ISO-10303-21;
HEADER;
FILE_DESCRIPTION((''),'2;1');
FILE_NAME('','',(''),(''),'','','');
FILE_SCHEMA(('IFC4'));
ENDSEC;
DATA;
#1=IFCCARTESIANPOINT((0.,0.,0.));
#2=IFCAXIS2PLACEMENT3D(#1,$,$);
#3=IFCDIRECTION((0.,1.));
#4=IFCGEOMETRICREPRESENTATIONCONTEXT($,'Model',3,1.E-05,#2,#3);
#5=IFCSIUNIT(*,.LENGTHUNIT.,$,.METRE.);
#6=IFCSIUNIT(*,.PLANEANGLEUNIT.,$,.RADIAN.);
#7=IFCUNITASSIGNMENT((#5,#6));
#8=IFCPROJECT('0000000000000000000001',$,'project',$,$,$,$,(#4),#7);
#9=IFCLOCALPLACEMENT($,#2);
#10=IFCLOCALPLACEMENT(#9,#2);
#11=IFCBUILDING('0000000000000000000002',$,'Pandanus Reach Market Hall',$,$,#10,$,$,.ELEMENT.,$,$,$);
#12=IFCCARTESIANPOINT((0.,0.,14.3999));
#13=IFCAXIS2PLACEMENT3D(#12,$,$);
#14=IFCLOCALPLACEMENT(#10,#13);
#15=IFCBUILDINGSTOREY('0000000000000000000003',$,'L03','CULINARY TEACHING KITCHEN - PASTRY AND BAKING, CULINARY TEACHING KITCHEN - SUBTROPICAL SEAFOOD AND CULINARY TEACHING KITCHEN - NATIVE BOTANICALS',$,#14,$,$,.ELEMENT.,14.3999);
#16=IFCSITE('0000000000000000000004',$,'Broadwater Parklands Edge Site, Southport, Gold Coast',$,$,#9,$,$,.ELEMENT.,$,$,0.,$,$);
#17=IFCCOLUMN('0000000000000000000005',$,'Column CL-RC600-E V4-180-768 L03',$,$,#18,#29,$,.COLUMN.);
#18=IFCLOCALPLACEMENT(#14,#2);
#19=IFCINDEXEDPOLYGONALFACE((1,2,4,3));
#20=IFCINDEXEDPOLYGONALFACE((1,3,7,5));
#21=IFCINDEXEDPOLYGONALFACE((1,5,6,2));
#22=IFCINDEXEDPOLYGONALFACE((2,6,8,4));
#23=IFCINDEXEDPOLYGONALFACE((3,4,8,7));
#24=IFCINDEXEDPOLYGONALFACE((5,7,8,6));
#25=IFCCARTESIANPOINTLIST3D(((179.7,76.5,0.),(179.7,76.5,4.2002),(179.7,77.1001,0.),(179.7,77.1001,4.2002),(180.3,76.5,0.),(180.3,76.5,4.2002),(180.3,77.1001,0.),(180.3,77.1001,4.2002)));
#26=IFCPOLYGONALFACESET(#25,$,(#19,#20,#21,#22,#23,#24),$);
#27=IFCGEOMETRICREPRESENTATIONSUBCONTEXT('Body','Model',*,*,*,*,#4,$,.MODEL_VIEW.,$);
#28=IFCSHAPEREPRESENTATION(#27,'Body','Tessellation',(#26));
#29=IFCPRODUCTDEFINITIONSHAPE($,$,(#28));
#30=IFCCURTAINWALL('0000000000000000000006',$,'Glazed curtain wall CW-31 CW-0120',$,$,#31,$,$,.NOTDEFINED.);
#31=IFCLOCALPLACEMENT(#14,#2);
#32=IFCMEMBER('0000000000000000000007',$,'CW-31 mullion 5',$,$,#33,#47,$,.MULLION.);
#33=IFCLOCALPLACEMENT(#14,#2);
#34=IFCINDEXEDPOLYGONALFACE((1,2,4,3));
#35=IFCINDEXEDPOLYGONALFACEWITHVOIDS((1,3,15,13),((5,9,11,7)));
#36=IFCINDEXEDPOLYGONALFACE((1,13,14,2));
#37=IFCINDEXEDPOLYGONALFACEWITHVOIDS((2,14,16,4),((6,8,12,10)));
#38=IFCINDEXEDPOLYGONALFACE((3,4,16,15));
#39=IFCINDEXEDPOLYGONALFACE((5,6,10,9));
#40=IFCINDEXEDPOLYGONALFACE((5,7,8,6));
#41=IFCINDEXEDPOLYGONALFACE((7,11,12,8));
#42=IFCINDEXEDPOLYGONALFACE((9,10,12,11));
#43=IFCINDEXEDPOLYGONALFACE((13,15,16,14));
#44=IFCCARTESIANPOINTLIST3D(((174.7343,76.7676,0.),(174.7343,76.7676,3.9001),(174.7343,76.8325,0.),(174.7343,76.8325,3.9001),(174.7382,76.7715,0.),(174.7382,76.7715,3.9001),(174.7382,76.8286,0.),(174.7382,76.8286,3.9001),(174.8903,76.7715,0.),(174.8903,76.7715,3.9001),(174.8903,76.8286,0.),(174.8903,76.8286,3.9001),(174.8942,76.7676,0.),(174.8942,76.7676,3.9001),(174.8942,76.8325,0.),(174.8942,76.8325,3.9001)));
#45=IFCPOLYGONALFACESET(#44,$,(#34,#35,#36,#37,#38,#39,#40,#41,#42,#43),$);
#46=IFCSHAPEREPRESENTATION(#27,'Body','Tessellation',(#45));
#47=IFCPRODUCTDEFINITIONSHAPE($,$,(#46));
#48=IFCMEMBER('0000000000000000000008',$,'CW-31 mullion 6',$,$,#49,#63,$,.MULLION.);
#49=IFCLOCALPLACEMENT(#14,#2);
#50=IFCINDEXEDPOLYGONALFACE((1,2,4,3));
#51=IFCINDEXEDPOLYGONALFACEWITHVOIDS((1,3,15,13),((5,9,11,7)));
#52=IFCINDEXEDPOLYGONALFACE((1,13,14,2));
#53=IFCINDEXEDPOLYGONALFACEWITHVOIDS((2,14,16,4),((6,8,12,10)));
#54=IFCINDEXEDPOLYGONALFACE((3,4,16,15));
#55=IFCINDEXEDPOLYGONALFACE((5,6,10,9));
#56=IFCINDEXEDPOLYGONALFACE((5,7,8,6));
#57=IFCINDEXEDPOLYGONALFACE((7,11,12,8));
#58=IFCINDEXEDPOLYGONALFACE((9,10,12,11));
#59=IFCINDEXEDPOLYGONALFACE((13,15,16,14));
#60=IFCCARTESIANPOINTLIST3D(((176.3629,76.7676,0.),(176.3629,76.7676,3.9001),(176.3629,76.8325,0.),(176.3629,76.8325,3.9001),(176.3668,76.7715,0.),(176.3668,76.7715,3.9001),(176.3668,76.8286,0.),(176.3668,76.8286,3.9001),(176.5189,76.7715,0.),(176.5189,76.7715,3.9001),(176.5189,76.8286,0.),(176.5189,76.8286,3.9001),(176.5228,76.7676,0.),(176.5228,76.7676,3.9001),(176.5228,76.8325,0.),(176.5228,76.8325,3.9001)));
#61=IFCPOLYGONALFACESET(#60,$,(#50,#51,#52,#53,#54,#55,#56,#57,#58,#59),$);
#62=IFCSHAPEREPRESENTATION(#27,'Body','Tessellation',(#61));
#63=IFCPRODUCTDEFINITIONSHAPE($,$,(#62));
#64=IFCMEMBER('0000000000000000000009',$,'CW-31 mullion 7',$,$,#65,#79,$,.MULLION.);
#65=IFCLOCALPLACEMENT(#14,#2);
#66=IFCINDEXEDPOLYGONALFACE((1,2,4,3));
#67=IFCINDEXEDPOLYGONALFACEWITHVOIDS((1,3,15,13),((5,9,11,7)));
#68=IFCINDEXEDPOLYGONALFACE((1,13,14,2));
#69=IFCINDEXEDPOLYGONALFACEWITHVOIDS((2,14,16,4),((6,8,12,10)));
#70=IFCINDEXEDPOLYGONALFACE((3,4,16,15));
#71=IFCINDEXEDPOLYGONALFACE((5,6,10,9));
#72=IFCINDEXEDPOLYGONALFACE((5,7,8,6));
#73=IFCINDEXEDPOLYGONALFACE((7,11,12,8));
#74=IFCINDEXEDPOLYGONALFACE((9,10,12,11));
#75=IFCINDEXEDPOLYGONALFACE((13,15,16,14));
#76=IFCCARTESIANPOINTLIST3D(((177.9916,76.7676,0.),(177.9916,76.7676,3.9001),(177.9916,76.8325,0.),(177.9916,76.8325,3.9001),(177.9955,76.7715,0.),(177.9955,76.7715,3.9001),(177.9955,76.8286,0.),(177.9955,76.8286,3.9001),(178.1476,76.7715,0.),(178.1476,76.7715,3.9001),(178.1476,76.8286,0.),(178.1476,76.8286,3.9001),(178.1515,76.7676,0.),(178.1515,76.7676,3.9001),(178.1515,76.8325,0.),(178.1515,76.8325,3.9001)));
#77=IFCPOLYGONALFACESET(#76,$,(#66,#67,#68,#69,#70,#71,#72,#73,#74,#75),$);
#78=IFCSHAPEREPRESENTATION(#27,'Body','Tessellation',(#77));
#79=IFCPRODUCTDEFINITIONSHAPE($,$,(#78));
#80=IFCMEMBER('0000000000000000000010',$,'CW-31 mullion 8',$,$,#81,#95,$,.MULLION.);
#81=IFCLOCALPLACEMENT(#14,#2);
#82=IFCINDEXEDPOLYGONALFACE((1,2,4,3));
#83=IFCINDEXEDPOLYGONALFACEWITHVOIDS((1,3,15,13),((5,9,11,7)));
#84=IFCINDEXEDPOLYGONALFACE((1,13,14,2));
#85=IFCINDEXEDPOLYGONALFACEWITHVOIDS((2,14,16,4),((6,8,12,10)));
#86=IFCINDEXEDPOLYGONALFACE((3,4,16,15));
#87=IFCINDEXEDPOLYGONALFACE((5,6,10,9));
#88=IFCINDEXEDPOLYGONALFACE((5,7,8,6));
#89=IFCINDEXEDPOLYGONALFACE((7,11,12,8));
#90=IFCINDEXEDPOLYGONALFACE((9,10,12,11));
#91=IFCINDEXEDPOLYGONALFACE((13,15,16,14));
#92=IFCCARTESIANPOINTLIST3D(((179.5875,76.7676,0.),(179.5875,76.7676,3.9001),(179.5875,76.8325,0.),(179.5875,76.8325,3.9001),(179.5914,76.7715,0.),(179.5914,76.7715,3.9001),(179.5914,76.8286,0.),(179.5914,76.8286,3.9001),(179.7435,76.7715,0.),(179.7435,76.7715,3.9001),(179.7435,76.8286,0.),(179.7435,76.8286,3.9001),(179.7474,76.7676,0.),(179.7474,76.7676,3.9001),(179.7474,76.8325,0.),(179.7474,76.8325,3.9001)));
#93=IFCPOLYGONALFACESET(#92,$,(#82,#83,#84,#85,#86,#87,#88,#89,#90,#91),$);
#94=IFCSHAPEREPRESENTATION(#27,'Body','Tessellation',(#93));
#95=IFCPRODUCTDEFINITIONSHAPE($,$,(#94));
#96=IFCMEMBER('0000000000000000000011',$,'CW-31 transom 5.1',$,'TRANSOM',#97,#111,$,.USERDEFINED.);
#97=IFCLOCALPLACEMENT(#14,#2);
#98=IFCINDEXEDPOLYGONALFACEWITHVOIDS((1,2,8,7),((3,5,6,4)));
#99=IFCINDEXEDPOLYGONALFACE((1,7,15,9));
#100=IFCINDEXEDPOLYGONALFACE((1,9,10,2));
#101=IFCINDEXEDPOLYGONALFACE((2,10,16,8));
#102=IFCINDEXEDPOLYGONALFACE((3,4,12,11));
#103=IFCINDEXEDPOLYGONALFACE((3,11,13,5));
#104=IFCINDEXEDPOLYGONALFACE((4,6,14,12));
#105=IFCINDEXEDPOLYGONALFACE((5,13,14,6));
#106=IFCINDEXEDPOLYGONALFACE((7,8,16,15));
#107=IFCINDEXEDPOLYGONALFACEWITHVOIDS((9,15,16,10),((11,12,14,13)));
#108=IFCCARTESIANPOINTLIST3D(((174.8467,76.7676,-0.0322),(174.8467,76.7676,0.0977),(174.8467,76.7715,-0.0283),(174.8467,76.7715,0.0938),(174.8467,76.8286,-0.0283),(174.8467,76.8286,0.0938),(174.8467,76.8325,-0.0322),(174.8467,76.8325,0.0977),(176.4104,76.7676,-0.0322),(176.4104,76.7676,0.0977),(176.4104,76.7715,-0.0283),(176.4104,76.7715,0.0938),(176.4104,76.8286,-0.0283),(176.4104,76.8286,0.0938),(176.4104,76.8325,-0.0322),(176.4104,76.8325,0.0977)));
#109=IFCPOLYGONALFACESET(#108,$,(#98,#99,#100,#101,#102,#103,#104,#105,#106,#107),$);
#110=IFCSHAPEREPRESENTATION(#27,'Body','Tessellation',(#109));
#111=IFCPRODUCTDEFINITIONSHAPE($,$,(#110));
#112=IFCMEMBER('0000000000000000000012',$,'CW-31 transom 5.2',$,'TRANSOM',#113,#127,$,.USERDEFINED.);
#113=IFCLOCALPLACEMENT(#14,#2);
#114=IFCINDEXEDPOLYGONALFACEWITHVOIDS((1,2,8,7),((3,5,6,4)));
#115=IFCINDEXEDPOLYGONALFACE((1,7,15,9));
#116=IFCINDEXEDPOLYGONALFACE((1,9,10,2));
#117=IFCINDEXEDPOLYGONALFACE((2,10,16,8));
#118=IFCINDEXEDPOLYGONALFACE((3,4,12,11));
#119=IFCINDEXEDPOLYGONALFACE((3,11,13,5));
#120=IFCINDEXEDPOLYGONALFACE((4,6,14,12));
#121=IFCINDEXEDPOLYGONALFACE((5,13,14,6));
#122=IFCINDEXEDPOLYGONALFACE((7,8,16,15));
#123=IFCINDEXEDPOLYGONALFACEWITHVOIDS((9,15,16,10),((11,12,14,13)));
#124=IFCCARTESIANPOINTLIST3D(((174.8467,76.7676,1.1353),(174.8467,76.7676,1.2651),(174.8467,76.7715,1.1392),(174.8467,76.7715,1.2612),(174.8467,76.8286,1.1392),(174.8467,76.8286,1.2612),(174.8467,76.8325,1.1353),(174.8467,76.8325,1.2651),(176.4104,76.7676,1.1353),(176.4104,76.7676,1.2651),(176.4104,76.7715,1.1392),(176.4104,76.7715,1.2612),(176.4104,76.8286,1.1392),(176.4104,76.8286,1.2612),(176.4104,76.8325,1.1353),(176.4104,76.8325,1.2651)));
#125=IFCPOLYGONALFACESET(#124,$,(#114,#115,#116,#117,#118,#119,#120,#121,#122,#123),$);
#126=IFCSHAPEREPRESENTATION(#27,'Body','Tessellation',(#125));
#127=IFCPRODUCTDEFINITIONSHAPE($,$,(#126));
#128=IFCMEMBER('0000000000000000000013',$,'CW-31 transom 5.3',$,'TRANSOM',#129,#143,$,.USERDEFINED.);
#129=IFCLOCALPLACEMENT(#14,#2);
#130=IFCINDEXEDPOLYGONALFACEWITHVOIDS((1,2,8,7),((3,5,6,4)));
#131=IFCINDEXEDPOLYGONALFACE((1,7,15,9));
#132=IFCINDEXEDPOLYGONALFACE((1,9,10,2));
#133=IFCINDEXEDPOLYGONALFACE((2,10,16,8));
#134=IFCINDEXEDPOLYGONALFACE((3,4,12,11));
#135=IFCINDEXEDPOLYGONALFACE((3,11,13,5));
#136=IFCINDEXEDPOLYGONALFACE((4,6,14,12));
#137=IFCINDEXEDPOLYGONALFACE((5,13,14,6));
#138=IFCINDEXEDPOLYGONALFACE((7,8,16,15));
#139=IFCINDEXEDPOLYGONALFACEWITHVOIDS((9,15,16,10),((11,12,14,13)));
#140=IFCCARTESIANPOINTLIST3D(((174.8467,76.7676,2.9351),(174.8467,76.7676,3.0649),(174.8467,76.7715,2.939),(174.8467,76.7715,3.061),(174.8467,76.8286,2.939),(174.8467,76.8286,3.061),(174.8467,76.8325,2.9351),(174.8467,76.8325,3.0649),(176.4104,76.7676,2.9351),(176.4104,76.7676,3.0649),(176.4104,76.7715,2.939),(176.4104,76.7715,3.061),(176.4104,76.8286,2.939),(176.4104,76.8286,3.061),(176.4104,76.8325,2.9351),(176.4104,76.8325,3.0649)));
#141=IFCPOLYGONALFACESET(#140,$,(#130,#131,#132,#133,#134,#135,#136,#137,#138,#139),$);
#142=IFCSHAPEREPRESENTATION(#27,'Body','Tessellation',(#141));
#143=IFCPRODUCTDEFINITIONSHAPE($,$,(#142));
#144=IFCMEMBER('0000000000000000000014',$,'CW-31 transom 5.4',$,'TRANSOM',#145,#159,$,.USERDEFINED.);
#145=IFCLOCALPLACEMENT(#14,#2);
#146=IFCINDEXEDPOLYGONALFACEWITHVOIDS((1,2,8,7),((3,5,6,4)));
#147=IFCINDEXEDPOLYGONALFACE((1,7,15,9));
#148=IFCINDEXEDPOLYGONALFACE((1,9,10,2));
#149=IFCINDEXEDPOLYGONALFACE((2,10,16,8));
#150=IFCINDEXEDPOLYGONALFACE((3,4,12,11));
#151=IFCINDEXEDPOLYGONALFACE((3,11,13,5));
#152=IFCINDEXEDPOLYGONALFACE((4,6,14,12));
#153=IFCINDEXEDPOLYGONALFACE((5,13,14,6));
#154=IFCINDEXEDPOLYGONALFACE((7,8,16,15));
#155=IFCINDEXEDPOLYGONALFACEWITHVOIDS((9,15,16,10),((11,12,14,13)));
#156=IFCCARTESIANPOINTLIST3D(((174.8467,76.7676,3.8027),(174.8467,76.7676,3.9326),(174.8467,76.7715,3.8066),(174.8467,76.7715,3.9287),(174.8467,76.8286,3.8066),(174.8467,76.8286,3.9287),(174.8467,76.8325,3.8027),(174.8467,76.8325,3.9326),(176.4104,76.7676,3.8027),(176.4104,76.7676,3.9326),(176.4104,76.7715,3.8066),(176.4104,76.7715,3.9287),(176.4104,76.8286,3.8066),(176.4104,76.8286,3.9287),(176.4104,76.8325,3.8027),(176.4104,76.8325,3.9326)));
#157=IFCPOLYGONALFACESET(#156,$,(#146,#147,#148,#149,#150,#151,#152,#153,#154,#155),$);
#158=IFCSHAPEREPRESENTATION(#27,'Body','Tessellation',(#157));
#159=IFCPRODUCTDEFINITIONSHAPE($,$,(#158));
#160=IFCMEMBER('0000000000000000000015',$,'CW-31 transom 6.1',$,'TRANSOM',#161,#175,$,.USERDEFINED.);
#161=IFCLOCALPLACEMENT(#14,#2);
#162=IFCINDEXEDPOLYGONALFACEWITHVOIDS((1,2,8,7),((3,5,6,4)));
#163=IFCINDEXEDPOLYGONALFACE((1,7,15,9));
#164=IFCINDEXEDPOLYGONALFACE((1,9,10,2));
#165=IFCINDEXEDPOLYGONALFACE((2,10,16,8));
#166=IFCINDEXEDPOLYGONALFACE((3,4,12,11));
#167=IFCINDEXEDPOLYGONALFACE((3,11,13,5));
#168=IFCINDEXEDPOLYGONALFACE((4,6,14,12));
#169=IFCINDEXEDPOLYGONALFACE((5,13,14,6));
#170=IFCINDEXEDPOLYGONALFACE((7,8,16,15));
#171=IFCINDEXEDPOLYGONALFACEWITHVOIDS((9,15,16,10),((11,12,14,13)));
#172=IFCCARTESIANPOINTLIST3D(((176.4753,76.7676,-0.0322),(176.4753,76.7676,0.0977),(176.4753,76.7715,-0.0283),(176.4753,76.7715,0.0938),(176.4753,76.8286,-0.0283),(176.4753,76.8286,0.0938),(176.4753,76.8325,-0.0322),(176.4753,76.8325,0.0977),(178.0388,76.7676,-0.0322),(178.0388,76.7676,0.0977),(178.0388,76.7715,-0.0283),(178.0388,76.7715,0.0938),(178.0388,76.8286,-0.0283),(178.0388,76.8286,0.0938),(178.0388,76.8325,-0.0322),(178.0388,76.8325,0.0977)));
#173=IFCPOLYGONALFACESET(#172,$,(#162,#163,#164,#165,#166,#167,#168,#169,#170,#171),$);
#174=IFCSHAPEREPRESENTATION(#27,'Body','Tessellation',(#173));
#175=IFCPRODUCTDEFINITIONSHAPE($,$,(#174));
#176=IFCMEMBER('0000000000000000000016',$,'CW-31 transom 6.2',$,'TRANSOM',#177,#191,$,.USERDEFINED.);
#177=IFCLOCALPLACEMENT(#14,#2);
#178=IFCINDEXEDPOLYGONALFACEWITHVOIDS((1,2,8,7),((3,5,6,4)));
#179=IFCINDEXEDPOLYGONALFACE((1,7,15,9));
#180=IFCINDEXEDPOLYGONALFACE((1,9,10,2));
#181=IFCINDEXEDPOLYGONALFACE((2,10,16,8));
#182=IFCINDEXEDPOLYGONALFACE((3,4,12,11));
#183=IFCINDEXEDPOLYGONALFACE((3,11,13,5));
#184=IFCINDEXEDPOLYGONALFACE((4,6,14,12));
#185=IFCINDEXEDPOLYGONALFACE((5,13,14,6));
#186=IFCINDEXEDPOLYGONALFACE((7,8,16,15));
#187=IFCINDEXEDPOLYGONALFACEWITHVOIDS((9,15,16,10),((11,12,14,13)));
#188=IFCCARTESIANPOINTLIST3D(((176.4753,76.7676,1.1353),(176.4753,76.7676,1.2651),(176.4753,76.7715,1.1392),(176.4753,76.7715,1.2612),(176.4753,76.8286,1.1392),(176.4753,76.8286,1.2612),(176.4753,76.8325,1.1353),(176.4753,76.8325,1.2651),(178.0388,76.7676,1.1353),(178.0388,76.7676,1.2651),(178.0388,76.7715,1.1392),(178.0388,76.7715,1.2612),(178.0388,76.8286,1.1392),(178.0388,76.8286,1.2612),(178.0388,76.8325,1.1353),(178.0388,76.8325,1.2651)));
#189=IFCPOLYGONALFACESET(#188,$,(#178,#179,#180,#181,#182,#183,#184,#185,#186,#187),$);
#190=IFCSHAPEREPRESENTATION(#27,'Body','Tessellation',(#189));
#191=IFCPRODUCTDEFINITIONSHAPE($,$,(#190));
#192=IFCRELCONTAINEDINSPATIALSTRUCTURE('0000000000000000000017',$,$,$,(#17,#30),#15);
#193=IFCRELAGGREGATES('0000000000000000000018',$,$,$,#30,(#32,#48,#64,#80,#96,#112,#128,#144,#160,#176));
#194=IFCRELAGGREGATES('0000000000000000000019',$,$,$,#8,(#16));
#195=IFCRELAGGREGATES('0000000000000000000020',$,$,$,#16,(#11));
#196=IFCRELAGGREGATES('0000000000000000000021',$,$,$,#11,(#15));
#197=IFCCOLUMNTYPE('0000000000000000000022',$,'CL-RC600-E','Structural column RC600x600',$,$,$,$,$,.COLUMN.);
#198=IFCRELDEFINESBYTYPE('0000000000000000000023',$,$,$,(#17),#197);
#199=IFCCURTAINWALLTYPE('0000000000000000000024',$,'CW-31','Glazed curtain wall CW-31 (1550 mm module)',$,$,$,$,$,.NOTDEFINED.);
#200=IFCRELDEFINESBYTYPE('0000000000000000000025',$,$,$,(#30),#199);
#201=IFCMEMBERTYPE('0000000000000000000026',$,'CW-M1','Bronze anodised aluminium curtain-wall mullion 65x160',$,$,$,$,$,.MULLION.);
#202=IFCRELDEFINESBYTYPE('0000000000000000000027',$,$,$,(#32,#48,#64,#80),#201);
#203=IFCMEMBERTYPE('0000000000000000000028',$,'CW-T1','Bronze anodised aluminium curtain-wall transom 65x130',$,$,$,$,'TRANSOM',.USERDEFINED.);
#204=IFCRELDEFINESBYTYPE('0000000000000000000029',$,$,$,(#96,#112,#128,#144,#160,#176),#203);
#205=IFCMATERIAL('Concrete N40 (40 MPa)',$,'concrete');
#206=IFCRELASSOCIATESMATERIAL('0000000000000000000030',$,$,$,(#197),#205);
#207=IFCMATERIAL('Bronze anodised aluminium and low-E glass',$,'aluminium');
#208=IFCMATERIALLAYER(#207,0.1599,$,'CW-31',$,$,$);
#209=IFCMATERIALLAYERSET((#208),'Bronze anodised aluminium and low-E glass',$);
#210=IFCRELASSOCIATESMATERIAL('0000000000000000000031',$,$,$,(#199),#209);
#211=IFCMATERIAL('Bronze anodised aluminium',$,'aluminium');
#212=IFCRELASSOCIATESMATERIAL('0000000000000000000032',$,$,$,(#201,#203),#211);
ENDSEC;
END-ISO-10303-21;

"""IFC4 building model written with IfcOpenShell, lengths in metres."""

from ifc_helpers import new_model, si_unit, direction, frame, origin, origin_2d, place, context, subcontext, project, spatial, rectangle, hollow_rectangle, extrude, material, layer, layer_set, material_profile, profile_set, type_object, element, aggregate, save


model = new_model("IFC4")

# Units and contexts
model_context = context("Model", 3, precision=1e-05, world=origin(), true_north=direction((0.0, 1.0)))
body_context = subcontext(model_context, "Body", "Model", "MODEL_VIEW")
ifc_project = project(units=[si_unit("LENGTHUNIT", "METRE"), si_unit("PLANEANGLEUNIT", "RADIAN")], contexts=[model_context])

# Site, building, storey
site_placement = place(None, origin())
site = spatial("IfcSite", under=ifc_project, at=site_placement, Name="Broadwater Parklands Edge Site, Southport, Gold Coast", CompositionType="ELEMENT", RefElevation=0.0)
building_placement = place(site_placement, origin())
building = spatial("IfcBuilding", under=site, at=building_placement, Name="Pandanus Reach Market Hall", CompositionType="ELEMENT")
storey_placement = place(building_placement, frame((0.0, 0.0, 14.3999)))
storey = spatial("IfcBuildingStorey", under=building, at=storey_placement, Name="L03", Description="CULINARY TEACHING KITCHEN - PASTRY AND BAKING, CULINARY TEACHING KITCHEN - SUBTROPICAL SEAFOOD AND CULINARY TEACHING KITCHEN - NATIVE BOTANICALS", CompositionType="ELEMENT", Elevation=14.3999)

# Column
ifc_material_1 = material(Name="Concrete N40 (40 MPa)", Category="concrete")
ifc_material_profile_1 = material_profile(ifc_material_1, rectangle(XDim=0.6001, YDim=0.6001, at=origin_2d()), Name="RC600x600", Category="LoadBearing")
ifc_profile_set_1 = profile_set([ifc_material_profile_1], Name="Concrete N40 (40 MPa)")
column_type = type_object("IfcColumnType", Name="CL-RC600-E", Description="Structural column RC600x600", PredefinedType="COLUMN", material=ifc_profile_set_1)
column_placement = place(storey_placement, frame((180.0, 76.8, 0.0), z_axis=(0.0, 0.0, 1.0), x_axis=(1.0, 0.0, 0.0)))
element("IfcColumn", 1, at=column_placement, inside=storey, type_object=column_type, Name="Column CL-RC600-E V4-180-768 L03", PredefinedType="COLUMN", context=body_context, shape_type="SweptSolid", body=[
    extrude(rectangle(XDim=0.6001, YDim=0.6001, at=origin_2d()), origin(), (0.0, 0.0, 1.0), 4.2002),
])

# Curtain wall, members
ifc_material_2 = material(Name="Bronze anodised aluminium and low-E glass", Category="aluminium")
ifc_layer_1 = layer(ifc_material_2, 0.1599, Name="CW-31")
ifc_layer_set_1 = layer_set([ifc_layer_1], Name="Bronze anodised aluminium and low-E glass")
curtain_wall_type = type_object("IfcCurtainWallType", Name="CW-31", Description="Glazed curtain wall CW-31 (1550 mm module)", PredefinedType="NOTDEFINED", material=ifc_layer_set_1)
curtain_wall_placement = place(storey_placement, origin())
curtain_wall = element("IfcCurtainWall", 2, at=curtain_wall_placement, inside=storey, type_object=curtain_wall_type, Name="Glazed curtain wall CW-31 CW-0120", PredefinedType="NOTDEFINED")
ifc_material_3 = material(Name="Bronze anodised aluminium", Category="aluminium")
ifc_material_profile_2 = material_profile(ifc_material_3, hollow_rectangle(XDim=0.0649, YDim=0.1599, WallThickness=0.0039, at=origin_2d()), Name="ALU65x160", Category="LoadBearing")
ifc_profile_set_2 = profile_set([ifc_material_profile_2], Name="Bronze anodised aluminium")
member_type_1 = type_object("IfcMemberType", Name="CW-M1", Description="Bronze anodised aluminium curtain-wall mullion 65x160", PredefinedType="MULLION", material=ifc_profile_set_2)
member_1_placement = place(storey_placement, frame((174.8142, 76.8, 0.0), z_axis=(0.0, 0.0, 1.0), x_axis=(0.0, 1.0, 0.0)))
member_1 = element("IfcMember", 3, at=member_1_placement, type_object=member_type_1, Name="CW-31 mullion 5", PredefinedType="MULLION", context=body_context, shape_type="SweptSolid", body=[
    extrude(hollow_rectangle(XDim=0.0649, YDim=0.1599, WallThickness=0.0039, at=origin_2d()), origin(), (0.0, 0.0, 1.0), 3.9001),
])
member_2_placement = place(storey_placement, frame((176.4429, 76.8, 0.0), z_axis=(0.0, 0.0, 1.0), x_axis=(0.0, 1.0, 0.0)))
member_2 = element("IfcMember", 4, at=member_2_placement, type_object=member_type_1, Name="CW-31 mullion 6", PredefinedType="MULLION", context=body_context, shape_type="SweptSolid", body=[
    extrude(hollow_rectangle(XDim=0.0649, YDim=0.1599, WallThickness=0.0039, at=origin_2d()), origin(), (0.0, 0.0, 1.0), 3.9001),
])
member_3_placement = place(storey_placement, frame((178.0715, 76.8, 0.0), z_axis=(0.0, 0.0, 1.0), x_axis=(0.0, 1.0, 0.0)))
member_3 = element("IfcMember", 5, at=member_3_placement, type_object=member_type_1, Name="CW-31 mullion 7", PredefinedType="MULLION", context=body_context, shape_type="SweptSolid", body=[
    extrude(hollow_rectangle(XDim=0.0649, YDim=0.1599, WallThickness=0.0039, at=origin_2d()), origin(), (0.0, 0.0, 1.0), 3.9001),
])
member_4_placement = place(storey_placement, frame((179.6675, 76.8, 0.0), z_axis=(0.0, 0.0, 1.0), x_axis=(0.0, 1.0, 0.0)))
member_4 = element("IfcMember", 6, at=member_4_placement, type_object=member_type_1, Name="CW-31 mullion 8", PredefinedType="MULLION", context=body_context, shape_type="SweptSolid", body=[
    extrude(hollow_rectangle(XDim=0.0649, YDim=0.1599, WallThickness=0.0039, at=origin_2d()), origin(), (0.0, 0.0, 1.0), 3.9001),
])
ifc_material_profile_3 = material_profile(ifc_material_3, hollow_rectangle(XDim=0.0649, YDim=0.1299, WallThickness=0.0039, at=origin_2d()), Name="ALU65x130", Category="LoadBearing")
ifc_profile_set_3 = profile_set([ifc_material_profile_3], Name="Bronze anodised aluminium")
member_type_2 = type_object("IfcMemberType", Name="CW-T1", Description="Bronze anodised aluminium curtain-wall transom 65x130", ElementType="TRANSOM", PredefinedType="USERDEFINED", material=ifc_profile_set_3)
member_5_placement = place(storey_placement, frame((174.8467, 76.8, 0.0327), z_axis=(1.0, 0.0, 0.0), x_axis=(0.0, 1.0, 0.0)))
member_5 = element("IfcMember", 7, at=member_5_placement, type_object=member_type_2, Name="CW-31 transom 5.1", ObjectType="TRANSOM", PredefinedType="USERDEFINED", context=body_context, shape_type="SweptSolid", body=[
    extrude(hollow_rectangle(XDim=0.0649, YDim=0.1299, WallThickness=0.0039, at=origin_2d()), origin(), (0.0, 0.0, 1.0), 1.5637),
])
member_6_placement = place(storey_placement, frame((174.8467, 76.8, 1.2002), z_axis=(1.0, 0.0, 0.0), x_axis=(0.0, 1.0, 0.0)))
member_6 = element("IfcMember", 8, at=member_6_placement, type_object=member_type_2, Name="CW-31 transom 5.2", ObjectType="TRANSOM", PredefinedType="USERDEFINED", context=body_context, shape_type="SweptSolid", body=[
    extrude(hollow_rectangle(XDim=0.0649, YDim=0.1299, WallThickness=0.0039, at=origin_2d()), origin(), (0.0, 0.0, 1.0), 1.5637),
])
member_7_placement = place(storey_placement, frame((174.8467, 76.8, 3.0), z_axis=(1.0, 0.0, 0.0), x_axis=(0.0, 1.0, 0.0)))
member_7 = element("IfcMember", 9, at=member_7_placement, type_object=member_type_2, Name="CW-31 transom 5.3", ObjectType="TRANSOM", PredefinedType="USERDEFINED", context=body_context, shape_type="SweptSolid", body=[
    extrude(hollow_rectangle(XDim=0.0649, YDim=0.1299, WallThickness=0.0039, at=origin_2d()), origin(), (0.0, 0.0, 1.0), 1.5637),
])
member_8_placement = place(storey_placement, frame((174.8467, 76.8, 3.8677), z_axis=(1.0, 0.0, 0.0), x_axis=(0.0, 1.0, 0.0)))
member_8 = element("IfcMember", 10, at=member_8_placement, type_object=member_type_2, Name="CW-31 transom 5.4", ObjectType="TRANSOM", PredefinedType="USERDEFINED", context=body_context, shape_type="SweptSolid", body=[
    extrude(hollow_rectangle(XDim=0.0649, YDim=0.1299, WallThickness=0.0039, at=origin_2d()), origin(), (0.0, 0.0, 1.0), 1.5637),
])
member_9_placement = place(storey_placement, frame((176.4753, 76.8, 0.0327), z_axis=(1.0, 0.0, 0.0), x_axis=(0.0, 1.0, 0.0)))
member_9 = element("IfcMember", 11, at=member_9_placement, type_object=member_type_2, Name="CW-31 transom 6.1", ObjectType="TRANSOM", PredefinedType="USERDEFINED", context=body_context, shape_type="SweptSolid", body=[
    extrude(hollow_rectangle(XDim=0.0649, YDim=0.1299, WallThickness=0.0039, at=origin_2d()), origin(), (0.0, 0.0, 1.0), 1.5635),
])
member_10_placement = place(storey_placement, frame((176.4753, 76.8, 1.2002), z_axis=(1.0, 0.0, 0.0), x_axis=(0.0, 1.0, 0.0)))
member_10 = element("IfcMember", 12, at=member_10_placement, type_object=member_type_2, Name="CW-31 transom 6.2", ObjectType="TRANSOM", PredefinedType="USERDEFINED", context=body_context, shape_type="SweptSolid", body=[
    extrude(hollow_rectangle(XDim=0.0649, YDim=0.1299, WallThickness=0.0039, at=origin_2d()), origin(), (0.0, 0.0, 1.0), 1.5635),
])
aggregate(curtain_wall, [member_1, member_2, member_3, member_4, member_5, member_6, member_7, member_8, member_9, member_10])

save(model, "model.ifc")
